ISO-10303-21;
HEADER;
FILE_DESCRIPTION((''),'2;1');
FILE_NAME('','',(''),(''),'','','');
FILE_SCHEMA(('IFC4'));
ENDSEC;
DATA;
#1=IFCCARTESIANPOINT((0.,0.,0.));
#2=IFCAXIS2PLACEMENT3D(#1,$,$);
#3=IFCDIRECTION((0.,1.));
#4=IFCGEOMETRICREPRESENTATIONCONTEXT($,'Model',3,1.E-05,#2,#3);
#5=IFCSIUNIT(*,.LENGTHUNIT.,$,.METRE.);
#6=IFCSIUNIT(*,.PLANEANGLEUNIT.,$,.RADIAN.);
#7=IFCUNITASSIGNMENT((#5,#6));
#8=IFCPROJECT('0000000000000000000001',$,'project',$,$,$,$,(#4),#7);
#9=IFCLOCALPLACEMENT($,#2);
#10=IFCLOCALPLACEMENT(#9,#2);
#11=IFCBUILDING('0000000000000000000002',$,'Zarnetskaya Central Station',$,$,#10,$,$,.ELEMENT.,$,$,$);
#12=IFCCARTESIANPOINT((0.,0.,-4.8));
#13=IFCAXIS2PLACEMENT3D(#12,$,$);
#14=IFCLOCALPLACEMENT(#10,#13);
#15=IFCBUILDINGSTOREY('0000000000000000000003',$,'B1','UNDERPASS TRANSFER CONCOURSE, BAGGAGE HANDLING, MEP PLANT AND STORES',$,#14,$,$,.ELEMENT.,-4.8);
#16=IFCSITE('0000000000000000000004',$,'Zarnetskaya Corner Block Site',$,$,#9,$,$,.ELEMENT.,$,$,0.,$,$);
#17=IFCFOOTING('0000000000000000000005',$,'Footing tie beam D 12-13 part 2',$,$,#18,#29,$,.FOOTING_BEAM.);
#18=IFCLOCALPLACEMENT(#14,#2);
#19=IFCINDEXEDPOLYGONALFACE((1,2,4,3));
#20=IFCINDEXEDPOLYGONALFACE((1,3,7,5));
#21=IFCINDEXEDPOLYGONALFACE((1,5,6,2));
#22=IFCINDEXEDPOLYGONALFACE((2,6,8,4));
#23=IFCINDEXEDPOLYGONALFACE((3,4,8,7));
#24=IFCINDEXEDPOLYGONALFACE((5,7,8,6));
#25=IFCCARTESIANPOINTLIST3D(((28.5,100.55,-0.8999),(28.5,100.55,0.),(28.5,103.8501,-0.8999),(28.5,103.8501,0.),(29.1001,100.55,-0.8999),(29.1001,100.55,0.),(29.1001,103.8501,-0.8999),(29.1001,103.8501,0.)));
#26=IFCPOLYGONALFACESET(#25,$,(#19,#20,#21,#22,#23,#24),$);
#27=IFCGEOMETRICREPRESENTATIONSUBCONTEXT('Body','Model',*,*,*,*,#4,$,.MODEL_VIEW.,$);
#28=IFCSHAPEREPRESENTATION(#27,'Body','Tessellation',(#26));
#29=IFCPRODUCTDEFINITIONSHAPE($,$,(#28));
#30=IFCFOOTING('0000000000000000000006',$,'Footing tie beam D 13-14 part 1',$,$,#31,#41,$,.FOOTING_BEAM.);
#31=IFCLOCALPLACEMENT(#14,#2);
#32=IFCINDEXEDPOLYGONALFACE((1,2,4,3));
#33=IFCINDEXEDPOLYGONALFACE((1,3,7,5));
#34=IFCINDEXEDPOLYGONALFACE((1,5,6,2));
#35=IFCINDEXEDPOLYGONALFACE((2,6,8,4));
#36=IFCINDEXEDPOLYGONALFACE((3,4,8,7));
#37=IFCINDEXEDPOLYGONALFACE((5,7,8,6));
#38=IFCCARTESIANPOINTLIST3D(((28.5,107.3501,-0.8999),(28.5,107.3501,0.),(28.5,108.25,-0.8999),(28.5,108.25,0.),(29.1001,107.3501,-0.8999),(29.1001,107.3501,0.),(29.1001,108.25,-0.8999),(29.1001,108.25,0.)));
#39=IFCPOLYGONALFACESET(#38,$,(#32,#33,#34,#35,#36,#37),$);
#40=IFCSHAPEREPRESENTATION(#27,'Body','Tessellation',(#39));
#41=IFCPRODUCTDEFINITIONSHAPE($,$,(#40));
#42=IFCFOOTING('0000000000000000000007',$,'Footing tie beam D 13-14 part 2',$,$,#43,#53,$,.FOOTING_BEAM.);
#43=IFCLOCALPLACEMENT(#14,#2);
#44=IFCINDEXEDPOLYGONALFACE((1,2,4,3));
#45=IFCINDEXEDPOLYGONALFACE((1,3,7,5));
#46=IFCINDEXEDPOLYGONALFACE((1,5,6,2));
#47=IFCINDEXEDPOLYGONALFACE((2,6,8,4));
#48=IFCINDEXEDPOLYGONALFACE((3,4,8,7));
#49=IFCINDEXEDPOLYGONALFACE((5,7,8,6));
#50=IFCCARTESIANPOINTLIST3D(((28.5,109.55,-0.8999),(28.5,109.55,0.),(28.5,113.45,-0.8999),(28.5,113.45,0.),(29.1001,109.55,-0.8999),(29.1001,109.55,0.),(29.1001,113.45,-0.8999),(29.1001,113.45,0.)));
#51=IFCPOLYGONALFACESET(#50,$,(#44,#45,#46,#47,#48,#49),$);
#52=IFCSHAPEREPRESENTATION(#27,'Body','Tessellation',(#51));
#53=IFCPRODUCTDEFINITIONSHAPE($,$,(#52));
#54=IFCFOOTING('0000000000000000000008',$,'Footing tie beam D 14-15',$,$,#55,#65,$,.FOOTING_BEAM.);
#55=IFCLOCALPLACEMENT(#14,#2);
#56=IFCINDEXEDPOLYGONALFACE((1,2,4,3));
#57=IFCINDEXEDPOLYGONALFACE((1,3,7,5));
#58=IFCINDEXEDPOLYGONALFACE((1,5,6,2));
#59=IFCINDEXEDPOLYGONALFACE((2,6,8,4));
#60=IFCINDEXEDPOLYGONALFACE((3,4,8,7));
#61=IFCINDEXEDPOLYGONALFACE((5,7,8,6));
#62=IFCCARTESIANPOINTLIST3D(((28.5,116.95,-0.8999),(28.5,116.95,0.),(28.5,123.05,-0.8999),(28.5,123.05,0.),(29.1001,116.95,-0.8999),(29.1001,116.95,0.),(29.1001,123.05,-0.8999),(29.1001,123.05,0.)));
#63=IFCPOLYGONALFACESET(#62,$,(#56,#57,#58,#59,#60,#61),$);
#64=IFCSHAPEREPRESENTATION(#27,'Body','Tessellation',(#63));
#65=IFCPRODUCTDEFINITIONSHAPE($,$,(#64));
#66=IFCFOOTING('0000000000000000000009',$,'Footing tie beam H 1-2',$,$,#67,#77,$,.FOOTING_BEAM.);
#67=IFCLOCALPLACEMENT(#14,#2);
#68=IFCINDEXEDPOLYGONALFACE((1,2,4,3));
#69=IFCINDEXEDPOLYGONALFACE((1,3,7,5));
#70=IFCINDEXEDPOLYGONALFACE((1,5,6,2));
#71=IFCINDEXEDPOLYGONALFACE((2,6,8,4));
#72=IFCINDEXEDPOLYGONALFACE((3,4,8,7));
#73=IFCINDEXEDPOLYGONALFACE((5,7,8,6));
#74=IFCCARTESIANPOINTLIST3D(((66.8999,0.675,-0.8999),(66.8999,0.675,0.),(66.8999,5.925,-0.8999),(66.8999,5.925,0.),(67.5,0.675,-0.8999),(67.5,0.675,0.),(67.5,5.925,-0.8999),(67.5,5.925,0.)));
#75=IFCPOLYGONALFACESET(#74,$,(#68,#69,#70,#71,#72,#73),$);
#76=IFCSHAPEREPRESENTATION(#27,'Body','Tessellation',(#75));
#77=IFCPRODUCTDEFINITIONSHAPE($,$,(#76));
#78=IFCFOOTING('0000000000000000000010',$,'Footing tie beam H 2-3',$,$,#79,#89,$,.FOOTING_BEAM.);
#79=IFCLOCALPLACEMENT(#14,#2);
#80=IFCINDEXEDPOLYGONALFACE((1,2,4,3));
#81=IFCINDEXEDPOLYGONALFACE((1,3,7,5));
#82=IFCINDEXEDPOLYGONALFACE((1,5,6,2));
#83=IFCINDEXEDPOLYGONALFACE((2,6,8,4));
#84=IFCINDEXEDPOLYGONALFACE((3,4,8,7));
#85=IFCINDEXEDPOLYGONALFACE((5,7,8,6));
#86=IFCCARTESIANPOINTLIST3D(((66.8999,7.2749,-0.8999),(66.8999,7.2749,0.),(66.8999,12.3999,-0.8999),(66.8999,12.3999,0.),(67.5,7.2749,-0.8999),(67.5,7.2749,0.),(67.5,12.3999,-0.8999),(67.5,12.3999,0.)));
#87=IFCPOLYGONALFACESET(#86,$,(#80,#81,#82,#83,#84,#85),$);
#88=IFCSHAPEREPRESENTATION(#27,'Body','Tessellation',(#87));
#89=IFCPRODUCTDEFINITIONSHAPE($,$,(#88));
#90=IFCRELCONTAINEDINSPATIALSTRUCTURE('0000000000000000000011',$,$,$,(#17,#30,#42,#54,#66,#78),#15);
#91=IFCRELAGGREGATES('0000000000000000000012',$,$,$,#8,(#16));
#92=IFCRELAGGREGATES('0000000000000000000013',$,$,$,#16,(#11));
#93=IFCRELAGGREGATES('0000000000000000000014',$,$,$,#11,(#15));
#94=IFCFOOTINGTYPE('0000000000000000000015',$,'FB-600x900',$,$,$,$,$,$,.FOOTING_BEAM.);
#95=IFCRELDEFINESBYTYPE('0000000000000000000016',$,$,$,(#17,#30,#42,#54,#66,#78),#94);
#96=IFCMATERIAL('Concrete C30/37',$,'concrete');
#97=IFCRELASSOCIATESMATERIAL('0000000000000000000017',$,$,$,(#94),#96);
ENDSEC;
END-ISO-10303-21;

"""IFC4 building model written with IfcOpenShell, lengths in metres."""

from ifc_helpers import new_model, si_unit, direction, frame, origin, place, context, subcontext, project, spatial, polyline, outline, extrude, material, type_object, element, save


model = new_model("IFC4")

# Units and contexts
model_context = context("Model", 3, precision=1e-05, world=origin(), true_north=direction((0.0, 1.0)))
body_context = subcontext(model_context, "Body", "Model", "MODEL_VIEW")
ifc_project = project(units=[si_unit("LENGTHUNIT", "METRE"), si_unit("PLANEANGLEUNIT", "RADIAN")], contexts=[model_context])

# Site, building, storey
site_placement = place(None, origin())
site = spatial("IfcSite", under=ifc_project, at=site_placement, Name="Zarnetskaya Corner Block Site", CompositionType="ELEMENT", RefElevation=0.0)
building_placement = place(site_placement, origin())
building = spatial("IfcBuilding", under=site, at=building_placement, Name="Zarnetskaya Central Station", CompositionType="ELEMENT")
storey_placement = place(building_placement, frame((0.0, 0.0, -4.8)))
storey = spatial("IfcBuildingStorey", under=building, at=storey_placement, Name="B1", Description="UNDERPASS TRANSFER CONCOURSE, BAGGAGE HANDLING, MEP PLANT AND STORES", CompositionType="ELEMENT", Elevation=-4.8)

# Footings
ifc_material = material(Name="Concrete C30/37", Category="concrete")
footing_type = type_object("IfcFootingType", Name="FB-600x900", PredefinedType="FOOTING_BEAM", material=ifc_material)
footing_1_placement = place(storey_placement, frame((0.0, 0.0, -0.8999)))
element("IfcFooting", 1, at=footing_1_placement, inside=storey, type_object=footing_type, Name="Footing tie beam D 12-13 part 2", PredefinedType="FOOTING_BEAM", context=body_context, shape_type="SweptSolid", body=[
    extrude(outline(polyline([(28.5, 100.55), (29.1001, 100.55), (29.1001, 103.8501), (28.5, 103.8501), (28.5, 100.55)])), origin(), (0.0, 0.0, 1.0), 0.8999),
])
footing_2_placement = place(storey_placement, frame((0.0, 0.0, -0.8999)))
element("IfcFooting", 2, at=footing_2_placement, inside=storey, type_object=footing_type, Name="Footing tie beam D 13-14 part 1", PredefinedType="FOOTING_BEAM", context=body_context, shape_type="SweptSolid", body=[
    extrude(outline(polyline([(28.5, 107.3501), (29.1001, 107.3501), (29.1001, 108.25), (28.5, 108.25), (28.5, 107.3501)])), origin(), (0.0, 0.0, 1.0), 0.8999),
])
footing_3_placement = place(storey_placement, frame((0.0, 0.0, -0.8999)))
element("IfcFooting", 3, at=footing_3_placement, inside=storey, type_object=footing_type, Name="Footing tie beam D 13-14 part 2", PredefinedType="FOOTING_BEAM", context=body_context, shape_type="SweptSolid", body=[
    extrude(outline(polyline([(28.5, 109.55), (29.1001, 109.55), (29.1001, 113.45), (28.5, 113.45), (28.5, 109.55)])), origin(), (0.0, 0.0, 1.0), 0.8999),
])
footing_4_placement = place(storey_placement, frame((0.0, 0.0, -0.8999)))
element("IfcFooting", 4, at=footing_4_placement, inside=storey, type_object=footing_type, Name="Footing tie beam D 14-15", PredefinedType="FOOTING_BEAM", context=body_context, shape_type="SweptSolid", body=[
    extrude(outline(polyline([(28.5, 116.95), (29.1001, 116.95), (29.1001, 123.05), (28.5, 123.05), (28.5, 116.95)])), origin(), (0.0, 0.0, 1.0), 0.8999),
])
footing_5_placement = place(storey_placement, frame((0.0, 0.0, -0.8999)))
element("IfcFooting", 5, at=footing_5_placement, inside=storey, type_object=footing_type, Name="Footing tie beam H 1-2", PredefinedType="FOOTING_BEAM", context=body_context, shape_type="SweptSolid", body=[
    extrude(outline(polyline([(66.8999, 0.675), (67.5, 0.675), (67.5, 5.925), (66.8999, 5.925), (66.8999, 0.675)])), origin(), (0.0, 0.0, 1.0), 0.8999),
])
footing_6_placement = place(storey_placement, frame((0.0, 0.0, -0.8999)))
element("IfcFooting", 6, at=footing_6_placement, inside=storey, type_object=footing_type, Name="Footing tie beam H 2-3", PredefinedType="FOOTING_BEAM", context=body_context, shape_type="SweptSolid", body=[
    extrude(outline(polyline([(66.8999, 7.2749), (67.5, 7.2749), (67.5, 12.3999), (66.8999, 12.3999), (66.8999, 7.2749)])), origin(), (0.0, 0.0, 1.0), 0.8999),
])

save(model, "model.ifc")
